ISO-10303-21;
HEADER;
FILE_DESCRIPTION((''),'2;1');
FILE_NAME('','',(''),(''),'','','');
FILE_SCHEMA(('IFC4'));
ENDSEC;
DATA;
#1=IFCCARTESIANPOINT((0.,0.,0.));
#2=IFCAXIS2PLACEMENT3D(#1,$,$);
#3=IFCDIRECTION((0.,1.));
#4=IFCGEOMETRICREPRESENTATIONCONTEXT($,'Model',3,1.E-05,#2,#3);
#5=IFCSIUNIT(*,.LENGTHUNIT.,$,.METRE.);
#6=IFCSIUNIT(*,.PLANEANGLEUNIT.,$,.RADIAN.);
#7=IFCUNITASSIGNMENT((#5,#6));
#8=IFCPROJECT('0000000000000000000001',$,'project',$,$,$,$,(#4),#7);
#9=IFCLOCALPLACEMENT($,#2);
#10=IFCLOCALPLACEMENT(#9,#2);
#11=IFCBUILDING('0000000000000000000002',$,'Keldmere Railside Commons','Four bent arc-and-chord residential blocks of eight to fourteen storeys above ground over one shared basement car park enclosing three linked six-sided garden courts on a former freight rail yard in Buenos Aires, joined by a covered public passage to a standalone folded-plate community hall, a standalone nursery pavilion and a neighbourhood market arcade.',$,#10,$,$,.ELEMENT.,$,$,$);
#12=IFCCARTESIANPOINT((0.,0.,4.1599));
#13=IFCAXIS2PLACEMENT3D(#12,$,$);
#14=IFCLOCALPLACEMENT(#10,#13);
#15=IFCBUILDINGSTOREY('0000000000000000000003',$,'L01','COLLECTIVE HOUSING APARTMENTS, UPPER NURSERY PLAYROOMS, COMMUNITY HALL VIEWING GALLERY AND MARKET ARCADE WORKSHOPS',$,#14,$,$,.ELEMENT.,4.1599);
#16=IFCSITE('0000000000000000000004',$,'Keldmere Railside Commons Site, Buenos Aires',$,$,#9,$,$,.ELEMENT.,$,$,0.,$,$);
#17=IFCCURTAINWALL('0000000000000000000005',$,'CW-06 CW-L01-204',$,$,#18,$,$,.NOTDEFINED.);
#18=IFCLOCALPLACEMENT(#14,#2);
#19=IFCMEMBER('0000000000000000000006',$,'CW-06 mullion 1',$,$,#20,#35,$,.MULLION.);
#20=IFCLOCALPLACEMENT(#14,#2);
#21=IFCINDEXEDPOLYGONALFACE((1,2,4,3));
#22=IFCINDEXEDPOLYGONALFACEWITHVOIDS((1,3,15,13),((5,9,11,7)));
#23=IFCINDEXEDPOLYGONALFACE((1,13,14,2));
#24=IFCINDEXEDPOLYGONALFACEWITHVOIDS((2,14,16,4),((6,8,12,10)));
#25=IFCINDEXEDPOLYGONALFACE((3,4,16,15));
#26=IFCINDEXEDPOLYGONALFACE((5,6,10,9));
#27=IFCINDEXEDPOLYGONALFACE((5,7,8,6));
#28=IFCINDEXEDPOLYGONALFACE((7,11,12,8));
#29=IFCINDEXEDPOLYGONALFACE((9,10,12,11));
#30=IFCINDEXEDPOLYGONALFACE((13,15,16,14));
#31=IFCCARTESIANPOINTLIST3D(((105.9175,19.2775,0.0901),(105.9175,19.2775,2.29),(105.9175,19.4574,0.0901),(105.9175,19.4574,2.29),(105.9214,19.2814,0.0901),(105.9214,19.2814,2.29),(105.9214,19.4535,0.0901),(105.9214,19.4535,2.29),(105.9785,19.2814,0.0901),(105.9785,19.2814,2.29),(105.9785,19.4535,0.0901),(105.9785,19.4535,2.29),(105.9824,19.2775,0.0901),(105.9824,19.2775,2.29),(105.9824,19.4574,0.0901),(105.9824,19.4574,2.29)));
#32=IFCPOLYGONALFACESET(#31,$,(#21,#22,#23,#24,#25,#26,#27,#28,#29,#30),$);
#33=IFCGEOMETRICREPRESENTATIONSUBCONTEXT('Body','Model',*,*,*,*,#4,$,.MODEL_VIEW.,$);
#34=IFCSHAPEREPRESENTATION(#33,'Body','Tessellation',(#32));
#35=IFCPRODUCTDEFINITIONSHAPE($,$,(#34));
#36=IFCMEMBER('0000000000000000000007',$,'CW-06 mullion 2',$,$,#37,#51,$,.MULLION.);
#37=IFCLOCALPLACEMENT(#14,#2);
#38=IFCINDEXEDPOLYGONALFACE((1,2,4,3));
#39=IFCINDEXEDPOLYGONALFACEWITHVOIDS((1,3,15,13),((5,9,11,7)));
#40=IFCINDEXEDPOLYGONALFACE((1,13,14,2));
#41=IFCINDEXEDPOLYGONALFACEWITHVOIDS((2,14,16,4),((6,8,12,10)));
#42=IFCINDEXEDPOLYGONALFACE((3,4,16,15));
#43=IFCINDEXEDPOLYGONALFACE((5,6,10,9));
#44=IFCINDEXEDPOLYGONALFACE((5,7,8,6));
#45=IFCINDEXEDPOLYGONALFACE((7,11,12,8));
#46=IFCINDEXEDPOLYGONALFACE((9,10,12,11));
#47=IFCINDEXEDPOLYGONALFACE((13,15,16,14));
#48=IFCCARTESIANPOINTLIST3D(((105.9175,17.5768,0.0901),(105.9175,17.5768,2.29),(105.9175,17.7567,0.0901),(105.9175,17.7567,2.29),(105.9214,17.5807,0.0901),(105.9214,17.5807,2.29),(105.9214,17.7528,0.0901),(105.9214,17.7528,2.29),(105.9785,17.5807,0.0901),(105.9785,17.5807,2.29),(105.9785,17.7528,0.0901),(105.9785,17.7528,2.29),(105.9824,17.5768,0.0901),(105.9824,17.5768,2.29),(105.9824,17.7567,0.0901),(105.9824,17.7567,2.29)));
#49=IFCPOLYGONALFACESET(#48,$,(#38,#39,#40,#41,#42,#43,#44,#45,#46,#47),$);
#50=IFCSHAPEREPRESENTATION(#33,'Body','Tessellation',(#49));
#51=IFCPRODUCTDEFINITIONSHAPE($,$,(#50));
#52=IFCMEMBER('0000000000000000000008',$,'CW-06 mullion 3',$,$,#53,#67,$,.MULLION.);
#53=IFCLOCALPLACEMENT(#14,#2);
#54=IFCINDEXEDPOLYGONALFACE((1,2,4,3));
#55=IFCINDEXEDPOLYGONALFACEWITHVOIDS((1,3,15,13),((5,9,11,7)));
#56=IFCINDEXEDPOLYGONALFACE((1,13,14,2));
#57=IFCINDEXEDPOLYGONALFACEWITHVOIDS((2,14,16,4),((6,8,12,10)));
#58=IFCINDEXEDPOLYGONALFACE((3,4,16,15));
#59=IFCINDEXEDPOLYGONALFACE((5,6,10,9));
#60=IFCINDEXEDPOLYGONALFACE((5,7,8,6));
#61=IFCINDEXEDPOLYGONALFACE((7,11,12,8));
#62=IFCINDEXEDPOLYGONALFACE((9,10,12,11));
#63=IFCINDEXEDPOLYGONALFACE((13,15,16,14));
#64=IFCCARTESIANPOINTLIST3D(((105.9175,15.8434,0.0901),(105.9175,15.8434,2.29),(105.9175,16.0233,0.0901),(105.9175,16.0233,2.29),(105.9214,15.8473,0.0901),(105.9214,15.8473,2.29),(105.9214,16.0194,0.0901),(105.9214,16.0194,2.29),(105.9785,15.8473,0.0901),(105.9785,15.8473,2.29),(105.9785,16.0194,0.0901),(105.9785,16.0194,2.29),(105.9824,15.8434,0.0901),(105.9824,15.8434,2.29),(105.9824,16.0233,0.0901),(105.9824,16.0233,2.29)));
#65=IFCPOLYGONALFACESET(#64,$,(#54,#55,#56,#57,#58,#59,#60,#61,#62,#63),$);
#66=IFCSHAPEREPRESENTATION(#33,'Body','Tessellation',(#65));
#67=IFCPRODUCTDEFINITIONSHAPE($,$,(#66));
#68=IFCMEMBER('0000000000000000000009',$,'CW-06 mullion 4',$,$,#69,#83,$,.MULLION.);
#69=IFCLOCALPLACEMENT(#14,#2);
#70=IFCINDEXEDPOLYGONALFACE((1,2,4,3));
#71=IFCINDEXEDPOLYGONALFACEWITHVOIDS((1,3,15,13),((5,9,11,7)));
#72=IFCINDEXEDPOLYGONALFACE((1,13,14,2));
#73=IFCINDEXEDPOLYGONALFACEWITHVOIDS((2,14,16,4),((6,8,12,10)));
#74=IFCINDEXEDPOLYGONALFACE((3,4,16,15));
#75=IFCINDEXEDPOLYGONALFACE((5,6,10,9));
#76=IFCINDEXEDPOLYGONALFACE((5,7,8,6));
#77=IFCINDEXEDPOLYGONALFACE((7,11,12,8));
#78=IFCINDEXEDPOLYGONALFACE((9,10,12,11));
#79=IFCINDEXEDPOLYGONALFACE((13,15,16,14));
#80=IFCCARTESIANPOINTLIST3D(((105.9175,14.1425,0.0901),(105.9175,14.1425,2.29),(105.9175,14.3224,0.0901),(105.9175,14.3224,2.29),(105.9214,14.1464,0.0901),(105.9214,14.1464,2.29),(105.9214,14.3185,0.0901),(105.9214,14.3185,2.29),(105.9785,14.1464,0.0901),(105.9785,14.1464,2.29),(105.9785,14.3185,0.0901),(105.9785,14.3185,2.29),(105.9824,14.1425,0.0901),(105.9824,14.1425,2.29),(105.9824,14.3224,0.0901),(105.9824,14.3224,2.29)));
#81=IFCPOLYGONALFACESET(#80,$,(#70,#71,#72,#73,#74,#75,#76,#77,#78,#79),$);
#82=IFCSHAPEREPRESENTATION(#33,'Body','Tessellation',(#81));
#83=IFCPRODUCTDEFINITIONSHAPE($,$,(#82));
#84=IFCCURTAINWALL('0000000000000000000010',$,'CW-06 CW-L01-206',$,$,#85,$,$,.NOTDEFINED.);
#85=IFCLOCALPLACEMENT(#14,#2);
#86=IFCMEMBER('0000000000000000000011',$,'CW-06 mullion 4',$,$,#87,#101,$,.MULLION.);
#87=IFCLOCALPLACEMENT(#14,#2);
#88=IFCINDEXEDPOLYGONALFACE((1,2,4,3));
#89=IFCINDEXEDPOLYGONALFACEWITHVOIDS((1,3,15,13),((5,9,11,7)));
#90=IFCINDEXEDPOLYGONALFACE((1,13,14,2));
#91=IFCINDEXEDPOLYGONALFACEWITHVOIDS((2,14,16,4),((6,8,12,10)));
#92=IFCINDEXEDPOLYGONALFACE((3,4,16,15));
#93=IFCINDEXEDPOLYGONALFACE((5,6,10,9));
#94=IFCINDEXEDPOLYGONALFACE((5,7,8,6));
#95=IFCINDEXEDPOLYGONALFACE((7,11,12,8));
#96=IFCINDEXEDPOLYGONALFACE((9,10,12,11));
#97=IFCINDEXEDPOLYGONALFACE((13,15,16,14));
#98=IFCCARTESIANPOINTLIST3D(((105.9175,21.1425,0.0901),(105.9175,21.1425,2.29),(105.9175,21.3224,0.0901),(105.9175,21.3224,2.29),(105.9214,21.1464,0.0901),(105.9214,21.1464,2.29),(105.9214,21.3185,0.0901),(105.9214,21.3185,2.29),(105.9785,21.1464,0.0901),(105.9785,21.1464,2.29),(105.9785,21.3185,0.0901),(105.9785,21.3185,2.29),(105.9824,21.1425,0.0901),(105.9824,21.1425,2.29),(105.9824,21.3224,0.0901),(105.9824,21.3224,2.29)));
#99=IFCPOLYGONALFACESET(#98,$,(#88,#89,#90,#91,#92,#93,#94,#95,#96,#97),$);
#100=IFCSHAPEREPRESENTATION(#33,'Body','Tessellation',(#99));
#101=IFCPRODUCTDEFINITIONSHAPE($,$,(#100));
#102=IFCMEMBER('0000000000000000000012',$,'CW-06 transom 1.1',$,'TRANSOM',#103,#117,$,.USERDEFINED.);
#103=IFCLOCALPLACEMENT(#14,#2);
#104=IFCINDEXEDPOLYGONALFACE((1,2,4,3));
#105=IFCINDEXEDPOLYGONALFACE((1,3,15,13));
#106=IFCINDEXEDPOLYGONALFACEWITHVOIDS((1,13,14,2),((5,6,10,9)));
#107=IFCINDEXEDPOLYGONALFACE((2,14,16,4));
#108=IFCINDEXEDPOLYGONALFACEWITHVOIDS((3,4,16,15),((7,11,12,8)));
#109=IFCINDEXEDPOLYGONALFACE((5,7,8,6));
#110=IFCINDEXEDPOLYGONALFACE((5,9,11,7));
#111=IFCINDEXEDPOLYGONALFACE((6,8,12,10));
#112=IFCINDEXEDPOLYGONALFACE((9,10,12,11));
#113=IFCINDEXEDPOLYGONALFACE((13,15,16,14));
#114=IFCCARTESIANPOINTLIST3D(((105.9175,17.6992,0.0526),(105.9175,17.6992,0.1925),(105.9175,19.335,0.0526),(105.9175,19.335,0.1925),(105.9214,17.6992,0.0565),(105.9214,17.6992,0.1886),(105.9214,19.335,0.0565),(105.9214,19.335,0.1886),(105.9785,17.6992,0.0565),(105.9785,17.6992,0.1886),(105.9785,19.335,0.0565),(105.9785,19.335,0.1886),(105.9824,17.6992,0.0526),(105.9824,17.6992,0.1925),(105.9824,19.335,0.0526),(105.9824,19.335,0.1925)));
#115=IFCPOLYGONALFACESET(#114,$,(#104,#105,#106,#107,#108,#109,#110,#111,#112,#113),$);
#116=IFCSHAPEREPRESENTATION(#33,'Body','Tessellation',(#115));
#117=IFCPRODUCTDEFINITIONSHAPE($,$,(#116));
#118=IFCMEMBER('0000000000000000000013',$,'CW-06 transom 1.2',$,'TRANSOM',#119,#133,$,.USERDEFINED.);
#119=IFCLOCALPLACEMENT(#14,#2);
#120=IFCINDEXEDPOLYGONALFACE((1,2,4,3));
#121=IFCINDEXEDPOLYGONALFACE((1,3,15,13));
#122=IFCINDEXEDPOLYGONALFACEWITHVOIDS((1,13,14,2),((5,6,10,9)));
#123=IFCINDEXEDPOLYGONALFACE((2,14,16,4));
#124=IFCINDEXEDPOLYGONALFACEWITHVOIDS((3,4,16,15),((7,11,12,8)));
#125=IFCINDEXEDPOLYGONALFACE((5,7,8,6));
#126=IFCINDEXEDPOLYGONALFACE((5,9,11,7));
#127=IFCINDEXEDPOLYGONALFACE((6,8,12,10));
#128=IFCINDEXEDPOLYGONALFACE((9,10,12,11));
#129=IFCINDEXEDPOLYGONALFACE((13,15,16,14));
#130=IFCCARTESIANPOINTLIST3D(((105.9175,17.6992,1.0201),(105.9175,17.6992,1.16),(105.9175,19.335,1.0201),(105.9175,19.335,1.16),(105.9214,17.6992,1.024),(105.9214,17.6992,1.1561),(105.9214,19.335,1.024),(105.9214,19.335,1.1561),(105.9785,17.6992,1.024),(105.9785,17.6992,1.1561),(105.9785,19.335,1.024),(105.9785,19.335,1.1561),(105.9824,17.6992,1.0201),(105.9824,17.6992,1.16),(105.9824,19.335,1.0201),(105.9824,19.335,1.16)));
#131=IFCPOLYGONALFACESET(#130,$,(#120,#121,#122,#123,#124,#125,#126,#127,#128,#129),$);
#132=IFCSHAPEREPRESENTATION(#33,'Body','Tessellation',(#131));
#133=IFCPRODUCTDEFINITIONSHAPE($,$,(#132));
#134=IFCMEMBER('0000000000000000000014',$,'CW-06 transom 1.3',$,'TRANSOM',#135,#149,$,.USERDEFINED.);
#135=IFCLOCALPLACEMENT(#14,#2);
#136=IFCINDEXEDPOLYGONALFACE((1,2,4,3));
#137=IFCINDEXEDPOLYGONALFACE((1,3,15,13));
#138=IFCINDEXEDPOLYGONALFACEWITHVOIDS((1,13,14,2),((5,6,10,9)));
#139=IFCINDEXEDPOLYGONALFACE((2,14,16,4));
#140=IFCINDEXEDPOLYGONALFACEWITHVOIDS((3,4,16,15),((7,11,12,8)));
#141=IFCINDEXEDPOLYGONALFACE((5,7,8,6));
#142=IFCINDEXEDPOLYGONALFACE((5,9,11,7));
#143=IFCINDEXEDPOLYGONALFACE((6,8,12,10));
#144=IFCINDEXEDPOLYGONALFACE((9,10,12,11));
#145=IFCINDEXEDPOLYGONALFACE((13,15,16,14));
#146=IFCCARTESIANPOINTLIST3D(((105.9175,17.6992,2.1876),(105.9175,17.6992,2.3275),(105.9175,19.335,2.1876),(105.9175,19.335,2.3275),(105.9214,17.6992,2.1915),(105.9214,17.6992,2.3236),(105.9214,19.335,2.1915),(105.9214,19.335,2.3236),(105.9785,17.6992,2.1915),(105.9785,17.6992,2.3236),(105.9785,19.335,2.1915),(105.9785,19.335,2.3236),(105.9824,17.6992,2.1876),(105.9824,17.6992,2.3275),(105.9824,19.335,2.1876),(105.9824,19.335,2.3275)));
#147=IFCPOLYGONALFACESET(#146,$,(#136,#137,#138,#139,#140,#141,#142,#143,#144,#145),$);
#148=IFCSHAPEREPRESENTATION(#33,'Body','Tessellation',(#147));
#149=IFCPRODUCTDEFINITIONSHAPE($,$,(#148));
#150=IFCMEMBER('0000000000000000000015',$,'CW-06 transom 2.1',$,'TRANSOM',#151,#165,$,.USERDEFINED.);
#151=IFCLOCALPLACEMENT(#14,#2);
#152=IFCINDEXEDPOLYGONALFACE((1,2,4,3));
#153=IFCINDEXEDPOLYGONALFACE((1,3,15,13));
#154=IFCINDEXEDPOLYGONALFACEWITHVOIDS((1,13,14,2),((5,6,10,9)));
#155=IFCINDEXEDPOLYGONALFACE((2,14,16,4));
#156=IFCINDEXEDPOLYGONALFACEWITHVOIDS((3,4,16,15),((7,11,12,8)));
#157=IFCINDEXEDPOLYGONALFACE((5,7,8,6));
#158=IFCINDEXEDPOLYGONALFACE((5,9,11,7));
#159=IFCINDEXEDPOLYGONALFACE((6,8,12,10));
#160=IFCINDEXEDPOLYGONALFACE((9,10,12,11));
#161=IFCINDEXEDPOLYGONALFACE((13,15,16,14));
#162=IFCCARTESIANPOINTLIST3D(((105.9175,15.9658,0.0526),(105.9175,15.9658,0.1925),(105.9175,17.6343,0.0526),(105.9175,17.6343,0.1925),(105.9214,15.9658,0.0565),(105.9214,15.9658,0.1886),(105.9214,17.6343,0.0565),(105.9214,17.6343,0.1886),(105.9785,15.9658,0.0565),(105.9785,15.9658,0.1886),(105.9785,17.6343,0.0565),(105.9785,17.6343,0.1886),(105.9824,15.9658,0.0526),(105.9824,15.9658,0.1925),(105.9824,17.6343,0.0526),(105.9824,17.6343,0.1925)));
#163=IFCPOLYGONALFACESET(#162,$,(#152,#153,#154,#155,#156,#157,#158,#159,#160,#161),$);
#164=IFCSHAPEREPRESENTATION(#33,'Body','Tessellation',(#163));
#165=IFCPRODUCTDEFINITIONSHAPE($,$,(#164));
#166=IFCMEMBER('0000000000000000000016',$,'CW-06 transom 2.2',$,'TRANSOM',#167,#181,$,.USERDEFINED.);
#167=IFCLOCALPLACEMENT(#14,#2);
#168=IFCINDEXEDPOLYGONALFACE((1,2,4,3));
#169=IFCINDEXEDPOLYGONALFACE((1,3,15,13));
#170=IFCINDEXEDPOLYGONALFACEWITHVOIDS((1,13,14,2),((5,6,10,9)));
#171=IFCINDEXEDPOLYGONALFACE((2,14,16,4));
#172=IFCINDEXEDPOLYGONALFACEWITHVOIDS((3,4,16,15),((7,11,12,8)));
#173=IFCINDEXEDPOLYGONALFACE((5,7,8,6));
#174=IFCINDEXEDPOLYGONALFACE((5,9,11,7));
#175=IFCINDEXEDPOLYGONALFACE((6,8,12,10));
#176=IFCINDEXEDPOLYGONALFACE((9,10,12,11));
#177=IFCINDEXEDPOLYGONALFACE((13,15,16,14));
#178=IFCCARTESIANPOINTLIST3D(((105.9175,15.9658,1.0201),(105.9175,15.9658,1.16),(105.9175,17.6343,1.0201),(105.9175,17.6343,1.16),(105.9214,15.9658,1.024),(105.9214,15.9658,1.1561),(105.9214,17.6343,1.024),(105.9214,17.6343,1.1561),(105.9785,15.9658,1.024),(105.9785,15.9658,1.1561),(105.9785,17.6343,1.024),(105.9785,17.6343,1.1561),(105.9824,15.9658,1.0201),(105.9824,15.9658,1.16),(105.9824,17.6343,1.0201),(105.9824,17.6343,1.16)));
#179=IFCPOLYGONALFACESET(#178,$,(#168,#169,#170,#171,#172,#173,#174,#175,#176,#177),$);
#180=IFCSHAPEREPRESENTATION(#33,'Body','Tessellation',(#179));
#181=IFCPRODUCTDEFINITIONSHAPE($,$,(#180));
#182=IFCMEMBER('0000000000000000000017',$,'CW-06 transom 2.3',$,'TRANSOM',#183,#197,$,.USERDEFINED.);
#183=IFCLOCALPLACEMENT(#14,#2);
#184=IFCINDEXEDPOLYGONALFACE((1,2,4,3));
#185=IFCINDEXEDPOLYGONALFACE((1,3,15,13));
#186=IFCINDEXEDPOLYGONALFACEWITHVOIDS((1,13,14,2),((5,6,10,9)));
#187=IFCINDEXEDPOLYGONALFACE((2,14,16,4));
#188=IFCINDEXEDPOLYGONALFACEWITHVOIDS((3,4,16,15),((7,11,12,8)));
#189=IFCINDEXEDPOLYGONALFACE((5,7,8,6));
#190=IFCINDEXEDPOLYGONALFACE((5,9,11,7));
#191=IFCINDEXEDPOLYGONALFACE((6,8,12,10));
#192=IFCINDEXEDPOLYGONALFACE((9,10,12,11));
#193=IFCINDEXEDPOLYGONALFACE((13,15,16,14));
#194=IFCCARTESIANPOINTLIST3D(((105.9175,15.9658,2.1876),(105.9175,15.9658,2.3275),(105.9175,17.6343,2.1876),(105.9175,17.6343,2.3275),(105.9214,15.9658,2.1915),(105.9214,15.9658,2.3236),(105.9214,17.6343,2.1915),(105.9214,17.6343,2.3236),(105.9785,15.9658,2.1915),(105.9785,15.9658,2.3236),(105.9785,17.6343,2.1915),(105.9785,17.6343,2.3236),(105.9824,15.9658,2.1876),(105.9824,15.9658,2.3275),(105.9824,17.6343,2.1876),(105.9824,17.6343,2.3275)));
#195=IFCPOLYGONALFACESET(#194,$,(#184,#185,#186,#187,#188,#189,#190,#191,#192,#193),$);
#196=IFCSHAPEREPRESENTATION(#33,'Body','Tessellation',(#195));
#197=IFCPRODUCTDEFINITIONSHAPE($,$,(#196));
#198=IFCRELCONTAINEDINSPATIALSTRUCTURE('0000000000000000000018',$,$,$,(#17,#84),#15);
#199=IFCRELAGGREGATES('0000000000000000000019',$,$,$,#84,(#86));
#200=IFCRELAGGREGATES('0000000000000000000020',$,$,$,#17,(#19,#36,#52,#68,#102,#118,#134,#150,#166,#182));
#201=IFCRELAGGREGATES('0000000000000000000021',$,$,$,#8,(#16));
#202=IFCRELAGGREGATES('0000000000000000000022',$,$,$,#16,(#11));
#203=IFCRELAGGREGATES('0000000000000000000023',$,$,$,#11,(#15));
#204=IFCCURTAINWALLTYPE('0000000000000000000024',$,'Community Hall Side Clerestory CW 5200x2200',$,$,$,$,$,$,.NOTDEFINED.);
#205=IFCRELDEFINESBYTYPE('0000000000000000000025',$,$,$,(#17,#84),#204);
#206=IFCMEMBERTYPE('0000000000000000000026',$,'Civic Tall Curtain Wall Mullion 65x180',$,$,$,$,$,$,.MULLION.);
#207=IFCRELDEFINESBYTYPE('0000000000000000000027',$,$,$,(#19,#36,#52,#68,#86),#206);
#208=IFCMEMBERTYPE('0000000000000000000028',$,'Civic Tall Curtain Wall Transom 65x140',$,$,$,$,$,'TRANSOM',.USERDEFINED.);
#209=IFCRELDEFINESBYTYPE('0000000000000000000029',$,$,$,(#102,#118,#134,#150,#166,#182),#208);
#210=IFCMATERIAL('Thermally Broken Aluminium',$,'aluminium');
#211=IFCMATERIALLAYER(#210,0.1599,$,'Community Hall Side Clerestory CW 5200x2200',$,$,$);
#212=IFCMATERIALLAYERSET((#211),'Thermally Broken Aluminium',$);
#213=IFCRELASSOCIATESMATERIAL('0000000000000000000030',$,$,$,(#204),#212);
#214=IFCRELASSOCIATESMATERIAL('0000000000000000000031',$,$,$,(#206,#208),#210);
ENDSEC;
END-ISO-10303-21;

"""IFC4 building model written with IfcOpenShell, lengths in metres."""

from ifc_helpers import new_model, si_unit, direction, frame, origin, origin_2d, place, context, subcontext, project, spatial, hollow_rectangle, extrude, material, layer, layer_set, material_profile, profile_set, type_object, element, aggregate, save


model = new_model("IFC4")

# Units and contexts
model_context = context("Model", 3, precision=1e-05, world=origin(), true_north=direction((0.0, 1.0)))
body_context = subcontext(model_context, "Body", "Model", "MODEL_VIEW")
ifc_project = project(units=[si_unit("LENGTHUNIT", "METRE"), si_unit("PLANEANGLEUNIT", "RADIAN")], contexts=[model_context])

# Site, building, storey
site_placement = place(None, origin())
site = spatial("IfcSite", under=ifc_project, at=site_placement, Name="Keldmere Railside Commons Site, Buenos Aires", CompositionType="ELEMENT", RefElevation=0.0)
building_placement = place(site_placement, origin())
building = spatial("IfcBuilding", under=site, at=building_placement, Name="Keldmere Railside Commons", Description="Four bent arc-and-chord residential blocks of eight to fourteen storeys above ground over one shared basement car park enclosing three linked six-sided garden courts on a former freight rail yard in Buenos Aires, joined by a covered public passage to a standalone folded-plate community hall, a standalone nursery pavilion and a neighbourhood market arcade.", CompositionType="ELEMENT")
storey_placement = place(building_placement, frame((0.0, 0.0, 4.1599)))
storey = spatial("IfcBuildingStorey", under=building, at=storey_placement, Name="L01", Description="COLLECTIVE HOUSING APARTMENTS, UPPER NURSERY PLAYROOMS, COMMUNITY HALL VIEWING GALLERY AND MARKET ARCADE WORKSHOPS", CompositionType="ELEMENT", Elevation=4.1599)

# Curtain wall, members
ifc_material_1 = material(Name="Thermally Broken Aluminium", Category="aluminium")
ifc_layer_1 = layer(ifc_material_1, 0.1599, Name="Community Hall Side Clerestory CW 5200x2200")
ifc_layer_set_1 = layer_set([ifc_layer_1], Name="Thermally Broken Aluminium")
curtain_wall_type = type_object("IfcCurtainWallType", Name="Community Hall Side Clerestory CW 5200x2200", PredefinedType="NOTDEFINED", material=ifc_layer_set_1)
curtain_wall_1_placement = place(storey_placement, origin())
curtain_wall_1 = element("IfcCurtainWall", 1, at=curtain_wall_1_placement, inside=storey, type_object=curtain_wall_type, Name="CW-06 CW-L01-204", PredefinedType="NOTDEFINED")
ifc_material_profile_1 = material_profile(ifc_material_1, hollow_rectangle(XDim=0.0649, YDim=0.1799, WallThickness=0.0039, at=origin_2d()), Name="ALU-MULL-65x180")
ifc_profile_set_1 = profile_set([ifc_material_profile_1], Name="Thermally Broken Aluminium")
member_type_1 = type_object("IfcMemberType", Name="Civic Tall Curtain Wall Mullion 65x180", PredefinedType="MULLION", material=ifc_profile_set_1)
member_1_placement = place(storey_placement, frame((105.95, 19.3674, 0.0901), z_axis=(0.0, 0.0, 1.0), x_axis=(1.0, 0.0, 0.0)))
member_1 = element("IfcMember", 2, at=member_1_placement, type_object=member_type_1, Name="CW-06 mullion 1", PredefinedType="MULLION", context=body_context, shape_type="SweptSolid", body=[
    extrude(hollow_rectangle(XDim=0.0649, YDim=0.1799, WallThickness=0.0039, at=origin_2d()), origin(), (0.0, 0.0, 1.0), 2.2),
])
member_2_placement = place(storey_placement, frame((105.95, 17.6667, 0.0901), z_axis=(0.0, 0.0, 1.0), x_axis=(1.0, 0.0, 0.0)))
member_2 = element("IfcMember", 3, at=member_2_placement, type_object=member_type_1, Name="CW-06 mullion 2", PredefinedType="MULLION", context=body_context, shape_type="SweptSolid", body=[
    extrude(hollow_rectangle(XDim=0.0649, YDim=0.1799, WallThickness=0.0039, at=origin_2d()), origin(), (0.0, 0.0, 1.0), 2.2),
])
member_3_placement = place(storey_placement, frame((105.95, 15.9333, 0.0901), z_axis=(0.0, 0.0, 1.0), x_axis=(1.0, 0.0, 0.0)))
member_3 = element("IfcMember", 4, at=member_3_placement, type_object=member_type_1, Name="CW-06 mullion 3", PredefinedType="MULLION", context=body_context, shape_type="SweptSolid", body=[
    extrude(hollow_rectangle(XDim=0.0649, YDim=0.1799, WallThickness=0.0039, at=origin_2d()), origin(), (0.0, 0.0, 1.0), 2.2),
])
member_4_placement = place(storey_placement, frame((105.95, 14.2324, 0.0901), z_axis=(0.0, 0.0, 1.0), x_axis=(1.0, 0.0, 0.0)))
member_4 = element("IfcMember", 5, at=member_4_placement, type_object=member_type_1, Name="CW-06 mullion 4", PredefinedType="MULLION", context=body_context, shape_type="SweptSolid", body=[
    extrude(hollow_rectangle(XDim=0.0649, YDim=0.1799, WallThickness=0.0039, at=origin_2d()), origin(), (0.0, 0.0, 1.0), 2.2),
])

# Curtain wall, member
curtain_wall_2_placement = place(storey_placement, origin())
curtain_wall_2 = element("IfcCurtainWall", 6, at=curtain_wall_2_placement, inside=storey, type_object=curtain_wall_type, Name="CW-06 CW-L01-206", PredefinedType="NOTDEFINED")
member_5_placement = place(storey_placement, frame((105.95, 21.2324, 0.0901), z_axis=(0.0, 0.0, 1.0), x_axis=(1.0, 0.0, 0.0)))
member_5 = element("IfcMember", 7, at=member_5_placement, type_object=member_type_1, Name="CW-06 mullion 4", PredefinedType="MULLION", context=body_context, shape_type="SweptSolid", body=[
    extrude(hollow_rectangle(XDim=0.0649, YDim=0.1799, WallThickness=0.0039, at=origin_2d()), origin(), (0.0, 0.0, 1.0), 2.2),
])
aggregate(curtain_wall_2, [member_5])

# Members
ifc_material_profile_2 = material_profile(ifc_material_1, hollow_rectangle(XDim=0.0649, YDim=0.1399, WallThickness=0.0039, at=origin_2d()), Name="ALU-TRAN-65x140")
ifc_profile_set_2 = profile_set([ifc_material_profile_2], Name="Thermally Broken Aluminium")
member_type_2 = type_object("IfcMemberType", Name="Civic Tall Curtain Wall Transom 65x140", ElementType="TRANSOM", PredefinedType="USERDEFINED", material=ifc_profile_set_2)
member_6_placement = place(storey_placement, frame((105.95, 19.335, 0.1226), z_axis=(0.0, -1.0, 0.0), x_axis=(1.0, 0.0, 0.0)))
member_6 = element("IfcMember", 8, at=member_6_placement, type_object=member_type_2, Name="CW-06 transom 1.1", ObjectType="TRANSOM", PredefinedType="USERDEFINED", context=body_context, shape_type="SweptSolid", body=[
    extrude(hollow_rectangle(XDim=0.0649, YDim=0.1399, WallThickness=0.0039, at=origin_2d()), origin(), (0.0, 0.0, 1.0), 1.6357),
])
member_7_placement = place(storey_placement, frame((105.95, 19.335, 1.0901), z_axis=(0.0, -1.0, 0.0), x_axis=(1.0, 0.0, 0.0)))
member_7 = element("IfcMember", 9, at=member_7_placement, type_object=member_type_2, Name="CW-06 transom 1.2", ObjectType="TRANSOM", PredefinedType="USERDEFINED", context=body_context, shape_type="SweptSolid", body=[
    extrude(hollow_rectangle(XDim=0.0649, YDim=0.1399, WallThickness=0.0039, at=origin_2d()), origin(), (0.0, 0.0, 1.0), 1.6357),
])
member_8_placement = place(storey_placement, frame((105.95, 19.335, 2.2576), z_axis=(0.0, -1.0, 0.0), x_axis=(1.0, 0.0, 0.0)))
member_8 = element("IfcMember", 10, at=member_8_placement, type_object=member_type_2, Name="CW-06 transom 1.3", ObjectType="TRANSOM", PredefinedType="USERDEFINED", context=body_context, shape_type="SweptSolid", body=[
    extrude(hollow_rectangle(XDim=0.0649, YDim=0.1399, WallThickness=0.0039, at=origin_2d()), origin(), (0.0, 0.0, 1.0), 1.6357),
])
member_9_placement = place(storey_placement, frame((105.95, 17.6343, 0.1226), z_axis=(0.0, -1.0, 0.0), x_axis=(1.0, 0.0, 0.0)))
member_9 = element("IfcMember", 11, at=member_9_placement, type_object=member_type_2, Name="CW-06 transom 2.1", ObjectType="TRANSOM", PredefinedType="USERDEFINED", context=body_context, shape_type="SweptSolid", body=[
    extrude(hollow_rectangle(XDim=0.0649, YDim=0.1399, WallThickness=0.0039, at=origin_2d()), origin(), (0.0, 0.0, 1.0), 1.6685),
])
member_10_placement = place(storey_placement, frame((105.95, 17.6343, 1.0901), z_axis=(0.0, -1.0, 0.0), x_axis=(1.0, 0.0, 0.0)))
member_10 = element("IfcMember", 12, at=member_10_placement, type_object=member_type_2, Name="CW-06 transom 2.2", ObjectType="TRANSOM", PredefinedType="USERDEFINED", context=body_context, shape_type="SweptSolid", body=[
    extrude(hollow_rectangle(XDim=0.0649, YDim=0.1399, WallThickness=0.0039, at=origin_2d()), origin(), (0.0, 0.0, 1.0), 1.6685),
])
member_11_placement = place(storey_placement, frame((105.95, 17.6343, 2.2576), z_axis=(0.0, -1.0, 0.0), x_axis=(1.0, 0.0, 0.0)))
member_11 = element("IfcMember", 13, at=member_11_placement, type_object=member_type_2, Name="CW-06 transom 2.3", ObjectType="TRANSOM", PredefinedType="USERDEFINED", context=body_context, shape_type="SweptSolid", body=[
    extrude(hollow_rectangle(XDim=0.0649, YDim=0.1399, WallThickness=0.0039, at=origin_2d()), origin(), (0.0, 0.0, 1.0), 1.6685),
])

aggregate(curtain_wall_1, [member_1, member_2, member_3, member_4, member_6, member_7, member_8, member_9, member_10, member_11])

save(model, "model.ifc")
